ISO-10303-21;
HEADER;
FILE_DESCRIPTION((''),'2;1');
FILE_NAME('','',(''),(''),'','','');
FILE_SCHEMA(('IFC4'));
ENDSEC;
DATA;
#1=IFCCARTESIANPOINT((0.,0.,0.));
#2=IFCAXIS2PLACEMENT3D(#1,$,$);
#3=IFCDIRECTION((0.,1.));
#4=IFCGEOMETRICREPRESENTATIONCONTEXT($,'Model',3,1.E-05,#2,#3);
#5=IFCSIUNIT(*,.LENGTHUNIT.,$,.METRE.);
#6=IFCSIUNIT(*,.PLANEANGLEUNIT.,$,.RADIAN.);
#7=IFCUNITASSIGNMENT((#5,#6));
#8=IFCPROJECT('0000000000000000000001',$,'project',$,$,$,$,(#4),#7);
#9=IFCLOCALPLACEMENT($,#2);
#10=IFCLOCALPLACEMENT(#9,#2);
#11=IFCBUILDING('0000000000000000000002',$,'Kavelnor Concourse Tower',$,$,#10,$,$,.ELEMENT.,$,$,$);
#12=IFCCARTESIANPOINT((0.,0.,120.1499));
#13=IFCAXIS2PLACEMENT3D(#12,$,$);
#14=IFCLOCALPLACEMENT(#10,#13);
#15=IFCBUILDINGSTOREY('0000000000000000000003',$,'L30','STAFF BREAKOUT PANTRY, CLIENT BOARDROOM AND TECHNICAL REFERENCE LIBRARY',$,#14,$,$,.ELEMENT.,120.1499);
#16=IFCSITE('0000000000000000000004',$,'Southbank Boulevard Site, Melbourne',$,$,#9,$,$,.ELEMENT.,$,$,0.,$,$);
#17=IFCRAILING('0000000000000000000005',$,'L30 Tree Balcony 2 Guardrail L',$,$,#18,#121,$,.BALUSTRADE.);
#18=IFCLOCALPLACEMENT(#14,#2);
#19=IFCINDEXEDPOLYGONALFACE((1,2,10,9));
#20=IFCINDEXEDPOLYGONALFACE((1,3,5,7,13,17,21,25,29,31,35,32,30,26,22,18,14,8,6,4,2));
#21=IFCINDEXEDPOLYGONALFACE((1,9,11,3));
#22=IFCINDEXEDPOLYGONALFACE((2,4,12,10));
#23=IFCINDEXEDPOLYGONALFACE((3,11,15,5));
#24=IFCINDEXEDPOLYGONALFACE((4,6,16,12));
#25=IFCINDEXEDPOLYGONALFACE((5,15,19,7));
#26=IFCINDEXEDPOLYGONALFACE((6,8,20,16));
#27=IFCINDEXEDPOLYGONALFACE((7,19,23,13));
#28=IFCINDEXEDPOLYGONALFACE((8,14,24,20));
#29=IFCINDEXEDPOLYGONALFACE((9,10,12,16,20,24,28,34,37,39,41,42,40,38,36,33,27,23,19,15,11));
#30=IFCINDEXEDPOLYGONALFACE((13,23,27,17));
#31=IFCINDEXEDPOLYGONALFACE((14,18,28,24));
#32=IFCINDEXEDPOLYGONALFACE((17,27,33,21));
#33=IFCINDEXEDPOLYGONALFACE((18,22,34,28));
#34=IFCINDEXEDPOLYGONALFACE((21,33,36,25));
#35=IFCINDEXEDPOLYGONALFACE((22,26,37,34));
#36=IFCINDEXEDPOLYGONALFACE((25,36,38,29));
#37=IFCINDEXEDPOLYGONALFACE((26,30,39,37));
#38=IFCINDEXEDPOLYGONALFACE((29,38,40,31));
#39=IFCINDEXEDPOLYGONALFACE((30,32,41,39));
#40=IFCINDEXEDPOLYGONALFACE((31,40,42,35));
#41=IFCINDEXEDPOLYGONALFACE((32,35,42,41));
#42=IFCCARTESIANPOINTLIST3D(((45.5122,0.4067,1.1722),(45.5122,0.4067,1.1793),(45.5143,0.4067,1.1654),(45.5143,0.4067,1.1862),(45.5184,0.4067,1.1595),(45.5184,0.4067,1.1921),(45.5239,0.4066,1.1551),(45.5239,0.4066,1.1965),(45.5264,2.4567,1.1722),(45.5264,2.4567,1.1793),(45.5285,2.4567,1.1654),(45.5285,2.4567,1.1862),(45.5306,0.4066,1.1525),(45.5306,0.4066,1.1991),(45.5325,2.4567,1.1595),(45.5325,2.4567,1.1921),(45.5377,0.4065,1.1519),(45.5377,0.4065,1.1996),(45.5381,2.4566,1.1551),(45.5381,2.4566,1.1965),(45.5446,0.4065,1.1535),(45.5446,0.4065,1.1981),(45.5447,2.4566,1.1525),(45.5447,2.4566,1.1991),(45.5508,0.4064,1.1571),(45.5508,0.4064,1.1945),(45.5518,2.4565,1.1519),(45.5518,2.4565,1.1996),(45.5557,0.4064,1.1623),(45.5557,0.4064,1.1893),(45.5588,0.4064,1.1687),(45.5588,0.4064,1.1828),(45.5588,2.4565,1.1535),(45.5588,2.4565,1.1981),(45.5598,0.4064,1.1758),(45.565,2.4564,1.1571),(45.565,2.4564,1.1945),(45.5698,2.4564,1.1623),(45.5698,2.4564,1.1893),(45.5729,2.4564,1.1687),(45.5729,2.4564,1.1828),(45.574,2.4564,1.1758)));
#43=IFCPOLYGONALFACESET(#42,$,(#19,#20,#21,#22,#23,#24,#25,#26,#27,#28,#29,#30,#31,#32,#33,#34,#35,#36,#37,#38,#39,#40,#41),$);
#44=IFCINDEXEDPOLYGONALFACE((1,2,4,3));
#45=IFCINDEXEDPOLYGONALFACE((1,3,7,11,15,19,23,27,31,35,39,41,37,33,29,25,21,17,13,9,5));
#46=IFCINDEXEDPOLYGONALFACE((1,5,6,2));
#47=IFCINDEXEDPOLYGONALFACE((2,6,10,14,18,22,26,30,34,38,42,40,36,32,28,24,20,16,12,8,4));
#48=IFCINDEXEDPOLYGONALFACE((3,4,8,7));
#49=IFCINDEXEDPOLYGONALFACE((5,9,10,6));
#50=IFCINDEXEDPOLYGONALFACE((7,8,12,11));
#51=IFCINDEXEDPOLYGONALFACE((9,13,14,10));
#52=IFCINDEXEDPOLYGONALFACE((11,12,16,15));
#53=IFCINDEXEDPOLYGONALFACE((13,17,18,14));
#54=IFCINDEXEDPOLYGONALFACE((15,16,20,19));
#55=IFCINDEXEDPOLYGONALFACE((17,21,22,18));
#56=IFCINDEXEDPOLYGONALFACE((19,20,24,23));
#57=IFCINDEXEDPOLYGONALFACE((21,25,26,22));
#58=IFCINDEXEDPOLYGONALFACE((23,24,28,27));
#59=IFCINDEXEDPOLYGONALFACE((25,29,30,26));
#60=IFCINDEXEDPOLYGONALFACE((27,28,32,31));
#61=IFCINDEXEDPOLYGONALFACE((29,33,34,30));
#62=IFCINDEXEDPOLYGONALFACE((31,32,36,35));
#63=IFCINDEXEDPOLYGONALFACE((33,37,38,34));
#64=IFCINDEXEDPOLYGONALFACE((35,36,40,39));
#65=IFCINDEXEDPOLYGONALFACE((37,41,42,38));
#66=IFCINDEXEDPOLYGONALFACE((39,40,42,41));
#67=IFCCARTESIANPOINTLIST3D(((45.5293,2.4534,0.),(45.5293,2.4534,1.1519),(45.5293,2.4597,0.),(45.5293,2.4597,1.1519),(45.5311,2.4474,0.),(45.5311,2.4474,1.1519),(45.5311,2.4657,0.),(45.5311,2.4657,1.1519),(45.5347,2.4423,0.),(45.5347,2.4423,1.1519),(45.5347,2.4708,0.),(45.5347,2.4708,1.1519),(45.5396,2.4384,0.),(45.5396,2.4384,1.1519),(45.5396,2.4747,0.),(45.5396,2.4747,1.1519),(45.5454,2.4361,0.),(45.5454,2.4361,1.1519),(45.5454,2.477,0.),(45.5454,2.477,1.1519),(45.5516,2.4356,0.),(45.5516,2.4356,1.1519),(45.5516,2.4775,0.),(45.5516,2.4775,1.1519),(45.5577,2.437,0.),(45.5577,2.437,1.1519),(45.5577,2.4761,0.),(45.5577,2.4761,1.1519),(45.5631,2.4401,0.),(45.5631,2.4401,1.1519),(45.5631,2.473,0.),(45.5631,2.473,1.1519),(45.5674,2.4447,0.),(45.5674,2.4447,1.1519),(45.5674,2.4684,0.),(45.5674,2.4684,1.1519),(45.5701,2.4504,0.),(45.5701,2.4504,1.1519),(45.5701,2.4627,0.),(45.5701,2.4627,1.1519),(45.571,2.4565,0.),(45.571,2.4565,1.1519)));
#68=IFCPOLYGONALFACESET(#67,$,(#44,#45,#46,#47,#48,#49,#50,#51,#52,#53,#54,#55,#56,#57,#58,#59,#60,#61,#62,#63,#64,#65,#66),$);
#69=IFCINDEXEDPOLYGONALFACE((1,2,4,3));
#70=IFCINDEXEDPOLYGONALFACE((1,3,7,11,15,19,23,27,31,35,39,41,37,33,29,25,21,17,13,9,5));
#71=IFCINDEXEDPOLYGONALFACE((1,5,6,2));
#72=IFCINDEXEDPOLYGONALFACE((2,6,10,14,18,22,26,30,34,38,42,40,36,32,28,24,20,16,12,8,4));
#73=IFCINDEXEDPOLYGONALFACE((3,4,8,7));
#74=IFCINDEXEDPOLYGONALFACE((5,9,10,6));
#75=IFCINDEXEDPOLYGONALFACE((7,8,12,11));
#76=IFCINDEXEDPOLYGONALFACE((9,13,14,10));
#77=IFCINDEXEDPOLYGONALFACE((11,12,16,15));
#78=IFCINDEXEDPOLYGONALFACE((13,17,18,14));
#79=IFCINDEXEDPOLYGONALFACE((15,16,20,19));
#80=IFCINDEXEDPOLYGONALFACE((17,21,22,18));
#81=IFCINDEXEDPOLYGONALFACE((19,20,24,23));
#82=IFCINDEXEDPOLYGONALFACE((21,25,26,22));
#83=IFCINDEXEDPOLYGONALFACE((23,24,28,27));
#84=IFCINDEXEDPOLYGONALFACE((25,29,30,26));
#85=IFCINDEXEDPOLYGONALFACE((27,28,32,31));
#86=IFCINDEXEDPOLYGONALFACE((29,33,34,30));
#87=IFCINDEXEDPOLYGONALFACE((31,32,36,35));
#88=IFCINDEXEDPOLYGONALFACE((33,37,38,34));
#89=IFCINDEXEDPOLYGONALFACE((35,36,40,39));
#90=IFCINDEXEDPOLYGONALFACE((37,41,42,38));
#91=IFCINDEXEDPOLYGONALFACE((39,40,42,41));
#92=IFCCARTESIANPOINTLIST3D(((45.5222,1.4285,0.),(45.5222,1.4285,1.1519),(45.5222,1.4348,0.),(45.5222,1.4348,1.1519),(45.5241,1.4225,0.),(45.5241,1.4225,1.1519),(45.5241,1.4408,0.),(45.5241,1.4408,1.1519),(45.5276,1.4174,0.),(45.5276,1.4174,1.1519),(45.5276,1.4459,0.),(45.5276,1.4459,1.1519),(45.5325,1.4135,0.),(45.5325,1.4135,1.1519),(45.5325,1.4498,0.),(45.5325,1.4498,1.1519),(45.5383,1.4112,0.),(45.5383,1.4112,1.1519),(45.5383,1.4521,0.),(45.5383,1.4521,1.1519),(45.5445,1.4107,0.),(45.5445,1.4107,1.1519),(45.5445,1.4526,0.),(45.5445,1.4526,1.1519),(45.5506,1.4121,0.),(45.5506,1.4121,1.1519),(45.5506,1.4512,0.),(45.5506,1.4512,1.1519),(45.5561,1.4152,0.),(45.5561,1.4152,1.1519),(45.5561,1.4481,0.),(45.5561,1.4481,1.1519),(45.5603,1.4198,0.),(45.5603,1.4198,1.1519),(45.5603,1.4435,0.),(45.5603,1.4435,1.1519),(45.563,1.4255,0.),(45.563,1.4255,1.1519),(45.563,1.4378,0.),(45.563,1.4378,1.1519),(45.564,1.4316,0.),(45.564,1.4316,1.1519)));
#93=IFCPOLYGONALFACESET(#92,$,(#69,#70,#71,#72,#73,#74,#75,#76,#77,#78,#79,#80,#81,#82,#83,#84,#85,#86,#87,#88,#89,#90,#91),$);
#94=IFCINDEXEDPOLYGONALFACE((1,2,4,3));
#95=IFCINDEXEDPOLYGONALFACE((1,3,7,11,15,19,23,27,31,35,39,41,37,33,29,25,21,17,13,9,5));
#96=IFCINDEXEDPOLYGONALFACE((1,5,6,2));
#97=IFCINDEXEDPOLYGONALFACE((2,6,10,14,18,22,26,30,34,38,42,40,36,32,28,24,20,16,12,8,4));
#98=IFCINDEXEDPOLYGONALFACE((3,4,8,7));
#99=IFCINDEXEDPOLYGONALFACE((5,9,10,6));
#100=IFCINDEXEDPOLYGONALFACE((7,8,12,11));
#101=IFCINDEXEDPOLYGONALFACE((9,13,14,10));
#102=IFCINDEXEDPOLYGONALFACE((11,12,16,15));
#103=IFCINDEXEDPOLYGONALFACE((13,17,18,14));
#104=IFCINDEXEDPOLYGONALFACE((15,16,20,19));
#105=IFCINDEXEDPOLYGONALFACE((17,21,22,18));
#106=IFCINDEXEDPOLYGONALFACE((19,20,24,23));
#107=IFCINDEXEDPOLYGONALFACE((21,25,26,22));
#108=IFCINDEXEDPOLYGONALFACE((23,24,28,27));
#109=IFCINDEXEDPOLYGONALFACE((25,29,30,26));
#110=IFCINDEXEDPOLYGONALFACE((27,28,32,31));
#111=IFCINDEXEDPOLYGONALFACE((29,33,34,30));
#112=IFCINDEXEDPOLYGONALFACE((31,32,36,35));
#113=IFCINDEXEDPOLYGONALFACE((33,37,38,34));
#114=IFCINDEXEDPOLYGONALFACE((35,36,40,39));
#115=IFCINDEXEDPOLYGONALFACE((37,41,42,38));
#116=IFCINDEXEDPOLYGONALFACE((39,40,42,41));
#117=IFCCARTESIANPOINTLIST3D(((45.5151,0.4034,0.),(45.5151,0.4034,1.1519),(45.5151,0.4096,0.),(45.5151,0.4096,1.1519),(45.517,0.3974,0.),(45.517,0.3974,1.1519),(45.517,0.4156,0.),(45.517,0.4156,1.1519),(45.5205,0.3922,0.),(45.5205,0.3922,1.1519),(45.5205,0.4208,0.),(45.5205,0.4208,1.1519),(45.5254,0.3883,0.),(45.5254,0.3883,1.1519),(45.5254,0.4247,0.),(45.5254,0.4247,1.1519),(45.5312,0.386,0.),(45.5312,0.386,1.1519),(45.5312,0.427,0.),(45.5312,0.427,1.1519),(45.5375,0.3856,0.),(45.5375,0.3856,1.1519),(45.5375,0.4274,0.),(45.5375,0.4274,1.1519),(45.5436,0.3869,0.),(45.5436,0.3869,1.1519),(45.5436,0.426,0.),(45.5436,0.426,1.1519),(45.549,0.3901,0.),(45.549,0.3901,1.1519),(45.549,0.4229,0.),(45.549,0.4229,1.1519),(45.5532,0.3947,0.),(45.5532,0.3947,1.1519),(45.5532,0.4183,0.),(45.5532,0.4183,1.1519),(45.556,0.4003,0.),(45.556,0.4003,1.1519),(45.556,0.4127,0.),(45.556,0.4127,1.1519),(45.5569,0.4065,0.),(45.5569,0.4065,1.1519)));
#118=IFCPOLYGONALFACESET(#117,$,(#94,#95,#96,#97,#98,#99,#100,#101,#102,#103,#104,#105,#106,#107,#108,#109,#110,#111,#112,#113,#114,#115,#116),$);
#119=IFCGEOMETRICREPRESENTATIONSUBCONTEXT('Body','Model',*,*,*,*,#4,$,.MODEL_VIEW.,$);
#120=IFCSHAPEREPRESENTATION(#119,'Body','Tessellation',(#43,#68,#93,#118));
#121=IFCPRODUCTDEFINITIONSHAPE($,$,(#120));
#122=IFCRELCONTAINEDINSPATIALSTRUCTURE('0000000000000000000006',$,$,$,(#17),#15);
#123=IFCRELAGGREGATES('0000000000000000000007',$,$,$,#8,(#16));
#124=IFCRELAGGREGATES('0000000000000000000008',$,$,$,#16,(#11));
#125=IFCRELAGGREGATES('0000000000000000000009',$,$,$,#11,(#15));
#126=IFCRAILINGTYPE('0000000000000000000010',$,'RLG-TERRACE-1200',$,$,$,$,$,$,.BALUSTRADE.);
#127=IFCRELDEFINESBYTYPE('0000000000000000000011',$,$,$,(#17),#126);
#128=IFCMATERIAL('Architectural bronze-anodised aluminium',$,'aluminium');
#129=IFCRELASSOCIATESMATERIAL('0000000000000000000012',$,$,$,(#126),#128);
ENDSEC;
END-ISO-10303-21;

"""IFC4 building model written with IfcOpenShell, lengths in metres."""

from ifc_helpers import new_model, si_unit, direction, frame, origin, origin_2d, place, context, subcontext, project, spatial, circle, extrude, material, type_object, element, save


model = new_model("IFC4")

# Units and contexts
model_context = context("Model", 3, precision=1e-05, world=origin(), true_north=direction((0.0, 1.0)))
body_context = subcontext(model_context, "Body", "Model", "MODEL_VIEW")
ifc_project = project(units=[si_unit("LENGTHUNIT", "METRE"), si_unit("PLANEANGLEUNIT", "RADIAN")], contexts=[model_context])

# Site, building, storey
site_placement = place(None, origin())
site = spatial("IfcSite", under=ifc_project, at=site_placement, Name="Southbank Boulevard Site, Melbourne", CompositionType="ELEMENT", RefElevation=0.0)
building_placement = place(site_placement, origin())
building = spatial("IfcBuilding", under=site, at=building_placement, Name="Kavelnor Concourse Tower", CompositionType="ELEMENT")
storey_placement = place(building_placement, frame((0.0, 0.0, 120.1499)))
storey = spatial("IfcBuildingStorey", under=building, at=storey_placement, Name="L30", Description="STAFF BREAKOUT PANTRY, CLIENT BOARDROOM AND TECHNICAL REFERENCE LIBRARY", CompositionType="ELEMENT", Elevation=120.1499)

# Railing
ifc_material_1 = material(Name="Architectural bronze-anodised aluminium", Category="aluminium")
railing_type_1 = type_object("IfcRailingType", Name="RLG-TERRACE-1200", PredefinedType="BALUSTRADE", material=ifc_material_1)
railing_1_placement = place(storey_placement, frame((45.55, 2.4565, 0.0)))
element("IfcRailing", 1, at=railing_1_placement, inside=storey, type_object=railing_type_1, Name="L30 Tree Balcony 2 Guardrail L", PredefinedType="BALUSTRADE", context=body_context, shape_type="SweptSolid", body=[
    extrude(circle(Radius=0.0239, at=origin_2d()), frame((0.0, 0.0, 1.1758), z_axis=(-0.006907, -0.999976, 0.0), x_axis=(0.999976, -0.006907, 0.0)), (0.0, 0.0, 1.0), 2.05),
    extrude(circle(Radius=0.021, at=origin_2d()), origin(), (0.0, 0.0, 1.0), 1.1519),
    extrude(circle(Radius=0.021, at=origin_2d()), frame((-0.0071, -1.0249, 0.0)), (0.0, 0.0, 1.0), 1.1519),
    extrude(circle(Radius=0.021, at=origin_2d()), frame((-0.0142, -2.05, 0.0)), (0.0, 0.0, 1.0), 1.1519),
])

save(model, "model.ifc")
